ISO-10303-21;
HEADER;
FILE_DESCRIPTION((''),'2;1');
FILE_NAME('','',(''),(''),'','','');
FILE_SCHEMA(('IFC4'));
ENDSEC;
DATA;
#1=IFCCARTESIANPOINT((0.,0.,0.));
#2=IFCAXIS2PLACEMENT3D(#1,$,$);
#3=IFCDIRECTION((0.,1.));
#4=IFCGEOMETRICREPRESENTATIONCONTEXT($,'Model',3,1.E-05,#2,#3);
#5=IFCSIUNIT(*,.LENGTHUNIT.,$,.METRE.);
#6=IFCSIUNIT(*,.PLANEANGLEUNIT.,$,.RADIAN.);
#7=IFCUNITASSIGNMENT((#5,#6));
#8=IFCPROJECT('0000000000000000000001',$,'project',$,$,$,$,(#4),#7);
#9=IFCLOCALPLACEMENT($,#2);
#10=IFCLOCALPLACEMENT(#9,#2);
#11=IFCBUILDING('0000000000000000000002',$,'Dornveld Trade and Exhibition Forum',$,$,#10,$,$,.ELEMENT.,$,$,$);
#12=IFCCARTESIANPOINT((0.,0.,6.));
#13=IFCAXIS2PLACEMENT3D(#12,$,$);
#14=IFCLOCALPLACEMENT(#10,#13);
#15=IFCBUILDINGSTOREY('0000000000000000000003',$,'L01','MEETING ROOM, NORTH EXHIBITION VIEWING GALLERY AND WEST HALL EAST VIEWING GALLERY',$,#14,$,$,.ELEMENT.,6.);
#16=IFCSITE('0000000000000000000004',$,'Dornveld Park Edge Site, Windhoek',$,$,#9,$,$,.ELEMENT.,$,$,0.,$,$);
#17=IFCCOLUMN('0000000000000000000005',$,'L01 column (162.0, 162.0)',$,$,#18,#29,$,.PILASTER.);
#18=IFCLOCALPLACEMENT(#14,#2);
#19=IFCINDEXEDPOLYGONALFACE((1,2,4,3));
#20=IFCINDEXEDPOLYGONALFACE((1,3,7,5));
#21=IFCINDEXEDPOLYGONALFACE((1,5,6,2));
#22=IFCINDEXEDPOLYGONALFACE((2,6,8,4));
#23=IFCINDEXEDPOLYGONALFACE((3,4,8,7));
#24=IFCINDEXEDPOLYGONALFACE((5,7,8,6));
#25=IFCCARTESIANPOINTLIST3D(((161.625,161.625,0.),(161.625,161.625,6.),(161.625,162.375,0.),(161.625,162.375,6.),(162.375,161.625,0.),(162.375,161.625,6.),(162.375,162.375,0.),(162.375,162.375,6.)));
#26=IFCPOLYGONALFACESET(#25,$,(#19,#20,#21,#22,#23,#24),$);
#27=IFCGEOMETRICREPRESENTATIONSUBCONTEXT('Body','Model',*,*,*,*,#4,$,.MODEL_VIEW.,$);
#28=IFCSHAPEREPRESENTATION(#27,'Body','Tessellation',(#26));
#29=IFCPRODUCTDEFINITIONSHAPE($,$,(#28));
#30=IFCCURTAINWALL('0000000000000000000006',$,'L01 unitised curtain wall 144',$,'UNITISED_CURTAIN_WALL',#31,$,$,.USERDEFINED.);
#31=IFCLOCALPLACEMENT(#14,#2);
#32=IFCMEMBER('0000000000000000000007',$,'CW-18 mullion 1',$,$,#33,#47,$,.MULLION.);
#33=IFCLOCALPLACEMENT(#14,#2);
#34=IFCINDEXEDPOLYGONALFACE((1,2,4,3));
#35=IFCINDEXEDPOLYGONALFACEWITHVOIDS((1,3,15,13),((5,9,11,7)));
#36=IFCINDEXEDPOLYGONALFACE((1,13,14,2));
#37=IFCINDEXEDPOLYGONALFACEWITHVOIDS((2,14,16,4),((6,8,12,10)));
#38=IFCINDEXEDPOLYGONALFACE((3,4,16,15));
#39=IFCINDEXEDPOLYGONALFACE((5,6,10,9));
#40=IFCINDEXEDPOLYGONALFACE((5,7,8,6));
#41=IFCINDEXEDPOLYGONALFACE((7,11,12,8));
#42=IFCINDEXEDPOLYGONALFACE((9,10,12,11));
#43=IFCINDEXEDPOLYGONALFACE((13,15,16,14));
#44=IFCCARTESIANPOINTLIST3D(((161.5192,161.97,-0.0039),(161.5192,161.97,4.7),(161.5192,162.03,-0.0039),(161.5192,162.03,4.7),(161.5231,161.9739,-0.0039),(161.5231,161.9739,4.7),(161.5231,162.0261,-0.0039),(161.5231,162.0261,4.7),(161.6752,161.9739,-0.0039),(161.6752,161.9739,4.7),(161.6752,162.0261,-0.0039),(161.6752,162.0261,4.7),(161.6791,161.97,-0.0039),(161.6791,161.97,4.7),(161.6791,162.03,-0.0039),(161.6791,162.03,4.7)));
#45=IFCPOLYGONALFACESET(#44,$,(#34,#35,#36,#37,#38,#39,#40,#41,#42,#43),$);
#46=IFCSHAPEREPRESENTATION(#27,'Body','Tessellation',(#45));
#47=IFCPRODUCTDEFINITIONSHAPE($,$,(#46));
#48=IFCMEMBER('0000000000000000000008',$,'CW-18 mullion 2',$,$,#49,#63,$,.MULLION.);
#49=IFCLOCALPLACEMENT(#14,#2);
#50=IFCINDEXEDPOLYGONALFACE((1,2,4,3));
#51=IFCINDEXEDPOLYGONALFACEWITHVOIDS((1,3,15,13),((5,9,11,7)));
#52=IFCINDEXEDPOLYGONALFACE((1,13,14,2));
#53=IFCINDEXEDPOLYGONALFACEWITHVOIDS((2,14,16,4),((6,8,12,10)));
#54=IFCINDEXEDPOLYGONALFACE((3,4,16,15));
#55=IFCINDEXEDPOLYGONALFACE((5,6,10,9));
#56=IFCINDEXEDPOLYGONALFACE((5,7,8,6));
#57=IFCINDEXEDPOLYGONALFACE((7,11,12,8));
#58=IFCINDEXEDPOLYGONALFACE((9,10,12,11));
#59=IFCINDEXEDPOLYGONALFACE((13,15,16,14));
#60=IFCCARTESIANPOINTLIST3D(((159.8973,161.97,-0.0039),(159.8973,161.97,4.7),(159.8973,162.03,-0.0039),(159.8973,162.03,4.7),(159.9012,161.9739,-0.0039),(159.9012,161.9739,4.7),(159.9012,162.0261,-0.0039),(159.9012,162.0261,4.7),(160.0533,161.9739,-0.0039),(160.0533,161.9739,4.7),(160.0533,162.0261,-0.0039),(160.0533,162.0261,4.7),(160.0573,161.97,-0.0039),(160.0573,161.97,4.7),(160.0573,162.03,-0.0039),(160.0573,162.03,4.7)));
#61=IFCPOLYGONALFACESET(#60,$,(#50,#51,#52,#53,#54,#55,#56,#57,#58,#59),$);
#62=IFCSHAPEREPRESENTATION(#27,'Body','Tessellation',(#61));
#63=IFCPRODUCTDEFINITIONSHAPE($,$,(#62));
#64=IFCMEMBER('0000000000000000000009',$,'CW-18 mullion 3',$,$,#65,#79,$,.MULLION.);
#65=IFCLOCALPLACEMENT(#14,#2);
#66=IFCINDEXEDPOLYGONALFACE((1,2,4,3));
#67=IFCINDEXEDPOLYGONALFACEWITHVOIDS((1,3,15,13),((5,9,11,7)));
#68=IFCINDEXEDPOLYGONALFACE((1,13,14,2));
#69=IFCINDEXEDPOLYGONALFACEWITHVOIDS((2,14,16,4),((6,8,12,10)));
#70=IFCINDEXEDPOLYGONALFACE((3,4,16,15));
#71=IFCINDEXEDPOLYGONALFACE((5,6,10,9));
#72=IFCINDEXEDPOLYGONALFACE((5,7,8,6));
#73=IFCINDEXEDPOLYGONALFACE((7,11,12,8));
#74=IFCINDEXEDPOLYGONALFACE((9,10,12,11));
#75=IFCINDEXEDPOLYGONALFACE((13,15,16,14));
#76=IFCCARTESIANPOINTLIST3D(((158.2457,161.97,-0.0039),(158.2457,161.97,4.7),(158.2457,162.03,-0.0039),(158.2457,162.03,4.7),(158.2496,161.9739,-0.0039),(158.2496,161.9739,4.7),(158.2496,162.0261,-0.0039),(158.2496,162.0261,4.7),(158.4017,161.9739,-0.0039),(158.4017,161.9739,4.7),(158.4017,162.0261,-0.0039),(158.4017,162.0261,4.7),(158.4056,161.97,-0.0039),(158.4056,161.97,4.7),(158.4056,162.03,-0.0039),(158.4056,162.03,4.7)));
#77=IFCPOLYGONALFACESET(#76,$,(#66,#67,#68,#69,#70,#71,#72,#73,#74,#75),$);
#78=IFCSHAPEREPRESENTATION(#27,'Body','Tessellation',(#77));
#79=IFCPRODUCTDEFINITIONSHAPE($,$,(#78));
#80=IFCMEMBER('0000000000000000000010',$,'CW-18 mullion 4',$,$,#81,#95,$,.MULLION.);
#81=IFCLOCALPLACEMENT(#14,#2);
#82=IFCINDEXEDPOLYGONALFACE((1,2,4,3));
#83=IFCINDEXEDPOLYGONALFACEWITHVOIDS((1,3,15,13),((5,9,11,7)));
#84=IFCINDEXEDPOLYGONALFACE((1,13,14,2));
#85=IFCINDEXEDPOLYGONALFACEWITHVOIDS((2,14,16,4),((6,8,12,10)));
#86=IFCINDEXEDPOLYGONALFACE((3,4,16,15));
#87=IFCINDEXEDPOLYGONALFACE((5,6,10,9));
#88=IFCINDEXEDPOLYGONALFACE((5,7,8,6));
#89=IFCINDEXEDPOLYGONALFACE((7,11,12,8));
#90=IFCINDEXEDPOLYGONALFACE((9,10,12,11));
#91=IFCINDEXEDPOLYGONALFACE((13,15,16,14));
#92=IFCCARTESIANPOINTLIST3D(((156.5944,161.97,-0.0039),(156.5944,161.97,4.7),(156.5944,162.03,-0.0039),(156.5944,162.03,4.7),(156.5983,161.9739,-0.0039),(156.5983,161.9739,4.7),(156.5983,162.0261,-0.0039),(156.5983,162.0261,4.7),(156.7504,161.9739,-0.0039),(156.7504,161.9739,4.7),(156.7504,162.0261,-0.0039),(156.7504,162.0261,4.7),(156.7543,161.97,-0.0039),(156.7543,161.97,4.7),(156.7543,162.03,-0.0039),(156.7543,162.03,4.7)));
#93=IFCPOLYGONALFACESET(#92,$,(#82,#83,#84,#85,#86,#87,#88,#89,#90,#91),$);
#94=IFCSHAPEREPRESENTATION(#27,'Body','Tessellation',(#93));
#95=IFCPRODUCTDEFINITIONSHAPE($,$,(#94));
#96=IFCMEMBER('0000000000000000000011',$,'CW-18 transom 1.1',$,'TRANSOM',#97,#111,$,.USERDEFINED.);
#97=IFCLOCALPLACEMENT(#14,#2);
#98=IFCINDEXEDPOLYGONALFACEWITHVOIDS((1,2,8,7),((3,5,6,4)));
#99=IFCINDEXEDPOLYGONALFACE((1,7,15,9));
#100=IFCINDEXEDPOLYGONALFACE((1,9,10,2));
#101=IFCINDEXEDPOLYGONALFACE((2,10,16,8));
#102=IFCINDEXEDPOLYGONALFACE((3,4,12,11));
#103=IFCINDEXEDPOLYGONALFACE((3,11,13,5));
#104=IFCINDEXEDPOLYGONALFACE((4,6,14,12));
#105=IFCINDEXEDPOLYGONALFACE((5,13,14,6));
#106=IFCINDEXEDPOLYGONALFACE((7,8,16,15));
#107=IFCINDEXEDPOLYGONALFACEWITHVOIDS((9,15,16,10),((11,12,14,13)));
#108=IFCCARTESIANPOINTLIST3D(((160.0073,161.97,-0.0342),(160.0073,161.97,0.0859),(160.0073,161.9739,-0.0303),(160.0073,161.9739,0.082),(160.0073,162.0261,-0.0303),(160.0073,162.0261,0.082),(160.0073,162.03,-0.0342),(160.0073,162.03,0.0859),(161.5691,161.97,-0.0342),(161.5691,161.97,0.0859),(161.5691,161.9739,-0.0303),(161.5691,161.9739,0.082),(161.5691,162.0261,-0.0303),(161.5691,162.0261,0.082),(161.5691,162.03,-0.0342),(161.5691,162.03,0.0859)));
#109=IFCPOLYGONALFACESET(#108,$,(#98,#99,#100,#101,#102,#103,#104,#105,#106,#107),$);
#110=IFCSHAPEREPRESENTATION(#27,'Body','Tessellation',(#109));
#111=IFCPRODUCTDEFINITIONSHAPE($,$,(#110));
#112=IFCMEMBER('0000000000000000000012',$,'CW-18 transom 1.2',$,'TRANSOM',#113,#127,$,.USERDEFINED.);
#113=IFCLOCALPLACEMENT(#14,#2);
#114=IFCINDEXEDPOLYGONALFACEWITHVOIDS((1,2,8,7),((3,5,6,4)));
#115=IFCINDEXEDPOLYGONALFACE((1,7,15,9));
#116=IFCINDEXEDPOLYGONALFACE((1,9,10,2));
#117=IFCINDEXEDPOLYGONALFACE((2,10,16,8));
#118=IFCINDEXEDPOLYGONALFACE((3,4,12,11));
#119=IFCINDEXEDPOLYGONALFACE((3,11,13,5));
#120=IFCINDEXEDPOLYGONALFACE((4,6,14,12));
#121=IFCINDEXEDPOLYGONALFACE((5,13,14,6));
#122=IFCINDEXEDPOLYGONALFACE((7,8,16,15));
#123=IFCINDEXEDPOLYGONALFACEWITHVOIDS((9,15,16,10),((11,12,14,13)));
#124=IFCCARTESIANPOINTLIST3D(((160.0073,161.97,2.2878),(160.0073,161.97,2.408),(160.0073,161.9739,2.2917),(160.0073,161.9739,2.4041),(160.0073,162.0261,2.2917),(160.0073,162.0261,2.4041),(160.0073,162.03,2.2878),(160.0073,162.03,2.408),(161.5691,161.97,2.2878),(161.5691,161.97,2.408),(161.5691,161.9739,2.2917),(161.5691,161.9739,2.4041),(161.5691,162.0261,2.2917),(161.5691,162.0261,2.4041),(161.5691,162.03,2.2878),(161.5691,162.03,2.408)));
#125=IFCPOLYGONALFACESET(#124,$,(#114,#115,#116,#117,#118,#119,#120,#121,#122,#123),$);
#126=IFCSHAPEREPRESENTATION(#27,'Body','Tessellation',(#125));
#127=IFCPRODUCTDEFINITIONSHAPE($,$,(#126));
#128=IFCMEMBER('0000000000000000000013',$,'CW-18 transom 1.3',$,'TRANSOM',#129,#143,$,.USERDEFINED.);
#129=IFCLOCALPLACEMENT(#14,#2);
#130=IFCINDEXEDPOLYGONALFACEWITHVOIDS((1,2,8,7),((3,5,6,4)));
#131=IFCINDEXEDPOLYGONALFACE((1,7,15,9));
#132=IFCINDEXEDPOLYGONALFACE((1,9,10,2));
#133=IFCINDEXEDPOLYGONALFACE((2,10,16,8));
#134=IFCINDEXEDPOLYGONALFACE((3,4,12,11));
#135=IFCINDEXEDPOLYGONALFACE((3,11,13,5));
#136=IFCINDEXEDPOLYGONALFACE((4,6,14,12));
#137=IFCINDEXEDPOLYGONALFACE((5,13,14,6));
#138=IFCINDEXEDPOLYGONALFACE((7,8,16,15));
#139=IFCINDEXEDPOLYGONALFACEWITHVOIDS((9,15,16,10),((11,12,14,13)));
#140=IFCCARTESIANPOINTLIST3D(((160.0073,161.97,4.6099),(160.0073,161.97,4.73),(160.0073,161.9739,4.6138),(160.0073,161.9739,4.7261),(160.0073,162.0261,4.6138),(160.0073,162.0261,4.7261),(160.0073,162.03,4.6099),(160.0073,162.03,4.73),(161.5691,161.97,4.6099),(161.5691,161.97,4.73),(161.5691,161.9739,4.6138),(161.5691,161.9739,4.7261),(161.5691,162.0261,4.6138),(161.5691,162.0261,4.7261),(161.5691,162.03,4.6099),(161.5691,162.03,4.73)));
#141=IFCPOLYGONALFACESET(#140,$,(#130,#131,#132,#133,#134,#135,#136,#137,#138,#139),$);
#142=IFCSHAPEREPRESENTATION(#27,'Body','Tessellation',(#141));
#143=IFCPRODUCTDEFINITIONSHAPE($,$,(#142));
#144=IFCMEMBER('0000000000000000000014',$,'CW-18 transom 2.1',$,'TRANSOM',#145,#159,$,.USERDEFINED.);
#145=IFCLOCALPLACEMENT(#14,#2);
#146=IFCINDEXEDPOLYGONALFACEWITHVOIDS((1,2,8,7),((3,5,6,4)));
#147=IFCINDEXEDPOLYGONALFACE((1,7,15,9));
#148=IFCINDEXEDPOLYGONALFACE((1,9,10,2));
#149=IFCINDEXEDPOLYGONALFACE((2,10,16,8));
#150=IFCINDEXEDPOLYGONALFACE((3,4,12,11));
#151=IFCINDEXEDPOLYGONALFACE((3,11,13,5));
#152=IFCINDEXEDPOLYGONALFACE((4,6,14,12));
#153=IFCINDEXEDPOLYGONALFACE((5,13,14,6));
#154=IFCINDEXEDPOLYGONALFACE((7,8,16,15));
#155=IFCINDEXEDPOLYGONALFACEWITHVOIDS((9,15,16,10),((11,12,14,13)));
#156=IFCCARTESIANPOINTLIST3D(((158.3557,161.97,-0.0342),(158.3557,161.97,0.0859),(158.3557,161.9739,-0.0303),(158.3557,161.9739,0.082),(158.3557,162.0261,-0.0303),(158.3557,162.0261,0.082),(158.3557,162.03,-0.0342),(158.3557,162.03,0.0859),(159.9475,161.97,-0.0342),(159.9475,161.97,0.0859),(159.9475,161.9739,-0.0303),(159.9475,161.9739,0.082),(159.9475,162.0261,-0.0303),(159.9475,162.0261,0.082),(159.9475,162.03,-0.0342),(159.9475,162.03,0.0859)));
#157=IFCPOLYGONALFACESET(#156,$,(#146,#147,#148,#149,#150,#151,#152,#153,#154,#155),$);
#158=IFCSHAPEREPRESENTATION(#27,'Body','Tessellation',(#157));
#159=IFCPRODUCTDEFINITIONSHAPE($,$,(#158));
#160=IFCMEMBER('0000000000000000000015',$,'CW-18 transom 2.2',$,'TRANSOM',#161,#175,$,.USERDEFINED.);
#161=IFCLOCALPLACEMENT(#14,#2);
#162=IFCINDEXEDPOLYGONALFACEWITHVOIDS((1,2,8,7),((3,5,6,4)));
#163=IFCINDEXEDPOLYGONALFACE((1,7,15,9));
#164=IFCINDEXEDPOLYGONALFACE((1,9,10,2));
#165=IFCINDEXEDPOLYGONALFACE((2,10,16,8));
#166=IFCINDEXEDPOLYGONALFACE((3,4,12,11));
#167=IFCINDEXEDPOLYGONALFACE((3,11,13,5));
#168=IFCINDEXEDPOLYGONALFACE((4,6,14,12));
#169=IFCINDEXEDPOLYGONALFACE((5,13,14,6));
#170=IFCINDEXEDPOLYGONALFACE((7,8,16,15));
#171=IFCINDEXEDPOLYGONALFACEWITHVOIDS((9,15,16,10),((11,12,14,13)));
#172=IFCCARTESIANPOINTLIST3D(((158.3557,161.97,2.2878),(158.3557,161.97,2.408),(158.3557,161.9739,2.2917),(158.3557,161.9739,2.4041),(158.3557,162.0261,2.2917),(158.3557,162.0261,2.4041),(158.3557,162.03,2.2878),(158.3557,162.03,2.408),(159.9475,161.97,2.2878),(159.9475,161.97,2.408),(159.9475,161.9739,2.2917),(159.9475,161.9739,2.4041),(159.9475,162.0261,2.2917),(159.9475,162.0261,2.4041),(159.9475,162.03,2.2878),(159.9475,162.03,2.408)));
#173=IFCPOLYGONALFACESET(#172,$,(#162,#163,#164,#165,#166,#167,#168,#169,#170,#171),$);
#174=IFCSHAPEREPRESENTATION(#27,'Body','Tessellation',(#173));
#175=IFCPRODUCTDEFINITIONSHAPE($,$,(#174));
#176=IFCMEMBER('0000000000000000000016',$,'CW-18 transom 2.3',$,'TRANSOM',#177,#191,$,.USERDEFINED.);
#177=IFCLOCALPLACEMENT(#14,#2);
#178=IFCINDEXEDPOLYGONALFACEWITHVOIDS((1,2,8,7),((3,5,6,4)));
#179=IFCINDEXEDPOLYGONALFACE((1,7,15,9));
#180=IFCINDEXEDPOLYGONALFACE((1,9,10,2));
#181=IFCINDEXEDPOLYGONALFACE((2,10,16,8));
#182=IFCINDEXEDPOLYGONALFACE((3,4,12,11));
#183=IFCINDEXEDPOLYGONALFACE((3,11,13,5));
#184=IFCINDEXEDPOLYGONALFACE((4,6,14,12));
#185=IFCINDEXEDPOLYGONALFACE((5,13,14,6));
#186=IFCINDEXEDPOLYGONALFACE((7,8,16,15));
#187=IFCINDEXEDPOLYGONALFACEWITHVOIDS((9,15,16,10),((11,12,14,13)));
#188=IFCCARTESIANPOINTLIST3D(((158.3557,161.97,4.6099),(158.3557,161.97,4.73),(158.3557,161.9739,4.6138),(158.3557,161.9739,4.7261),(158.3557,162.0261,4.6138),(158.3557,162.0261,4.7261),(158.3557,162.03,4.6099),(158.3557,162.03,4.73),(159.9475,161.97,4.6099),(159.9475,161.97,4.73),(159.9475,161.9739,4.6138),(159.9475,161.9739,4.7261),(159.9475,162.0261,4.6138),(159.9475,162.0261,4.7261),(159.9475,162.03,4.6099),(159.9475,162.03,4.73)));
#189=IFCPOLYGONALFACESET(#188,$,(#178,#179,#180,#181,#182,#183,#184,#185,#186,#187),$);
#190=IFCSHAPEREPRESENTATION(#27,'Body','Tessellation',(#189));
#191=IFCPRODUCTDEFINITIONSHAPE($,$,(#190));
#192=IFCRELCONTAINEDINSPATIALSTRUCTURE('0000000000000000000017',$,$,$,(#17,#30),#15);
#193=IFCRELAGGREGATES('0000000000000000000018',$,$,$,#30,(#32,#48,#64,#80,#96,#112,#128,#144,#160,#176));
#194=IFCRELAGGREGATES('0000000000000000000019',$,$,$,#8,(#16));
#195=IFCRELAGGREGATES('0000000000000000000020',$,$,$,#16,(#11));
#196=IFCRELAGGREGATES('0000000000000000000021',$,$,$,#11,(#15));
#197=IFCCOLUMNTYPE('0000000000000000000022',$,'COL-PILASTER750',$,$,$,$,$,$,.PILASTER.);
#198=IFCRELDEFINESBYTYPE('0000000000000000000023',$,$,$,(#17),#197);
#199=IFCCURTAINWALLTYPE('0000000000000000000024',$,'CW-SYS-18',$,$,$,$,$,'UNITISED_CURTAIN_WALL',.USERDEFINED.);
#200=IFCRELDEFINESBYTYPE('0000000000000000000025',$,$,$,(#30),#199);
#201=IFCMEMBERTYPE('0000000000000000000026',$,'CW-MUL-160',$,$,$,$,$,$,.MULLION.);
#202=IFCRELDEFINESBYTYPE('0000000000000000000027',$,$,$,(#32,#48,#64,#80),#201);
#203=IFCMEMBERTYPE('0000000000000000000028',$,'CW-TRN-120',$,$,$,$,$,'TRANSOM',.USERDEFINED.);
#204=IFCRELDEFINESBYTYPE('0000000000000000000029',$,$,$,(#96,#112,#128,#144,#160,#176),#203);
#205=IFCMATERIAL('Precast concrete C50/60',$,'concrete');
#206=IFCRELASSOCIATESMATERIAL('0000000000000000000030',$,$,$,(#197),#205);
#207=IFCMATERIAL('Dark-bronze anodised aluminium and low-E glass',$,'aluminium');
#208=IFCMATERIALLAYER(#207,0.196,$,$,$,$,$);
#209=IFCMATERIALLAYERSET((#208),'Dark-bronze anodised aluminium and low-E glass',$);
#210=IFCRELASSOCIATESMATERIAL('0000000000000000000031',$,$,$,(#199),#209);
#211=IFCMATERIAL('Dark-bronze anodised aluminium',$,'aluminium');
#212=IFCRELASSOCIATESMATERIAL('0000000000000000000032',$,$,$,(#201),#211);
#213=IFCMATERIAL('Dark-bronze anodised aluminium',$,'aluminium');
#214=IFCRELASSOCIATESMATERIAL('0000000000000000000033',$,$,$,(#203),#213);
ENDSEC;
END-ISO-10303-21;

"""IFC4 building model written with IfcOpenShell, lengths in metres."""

from ifc_helpers import new_model, si_unit, direction, frame, origin, origin_2d, place, context, subcontext, project, spatial, rectangle, hollow_rectangle, extrude, material, layer, layer_set, material_profile, profile_set, type_object, element, aggregate, save


model = new_model("IFC4")

# Units and contexts
model_context = context("Model", 3, precision=1e-05, world=origin(), true_north=direction((0.0, 1.0)))
body_context = subcontext(model_context, "Body", "Model", "MODEL_VIEW")
ifc_project = project(units=[si_unit("LENGTHUNIT", "METRE"), si_unit("PLANEANGLEUNIT", "RADIAN")], contexts=[model_context])

# Site, building, storey
site_placement = place(None, origin())
site = spatial("IfcSite", under=ifc_project, at=site_placement, Name="Dornveld Park Edge Site, Windhoek", CompositionType="ELEMENT", RefElevation=0.0)
building_placement = place(site_placement, origin())
building = spatial("IfcBuilding", under=site, at=building_placement, Name="Dornveld Trade and Exhibition Forum", CompositionType="ELEMENT")
storey_placement = place(building_placement, frame((0.0, 0.0, 6.0)))
storey = spatial("IfcBuildingStorey", under=building, at=storey_placement, Name="L01", Description="MEETING ROOM, NORTH EXHIBITION VIEWING GALLERY AND WEST HALL EAST VIEWING GALLERY", CompositionType="ELEMENT", Elevation=6.0)

# Column
ifc_material_1 = material(Name="Precast concrete C50/60", Category="concrete")
ifc_material_profile_1 = material_profile(ifc_material_1, rectangle(XDim=0.75, YDim=0.75, at=origin_2d()), Name="PC-COL 750x750")
ifc_profile_set_1 = profile_set([ifc_material_profile_1], Name="Precast concrete C50/60")
column_type = type_object("IfcColumnType", Name="COL-PILASTER750", PredefinedType="PILASTER", material=ifc_profile_set_1)
column_placement = place(storey_placement, frame((162.0, 162.0, 0.0), z_axis=(0.0, 0.0, 1.0), x_axis=(1.0, 0.0, 0.0)))
element("IfcColumn", 1, at=column_placement, inside=storey, type_object=column_type, Name="L01 column (162.0, 162.0)", PredefinedType="PILASTER", context=body_context, shape_type="SweptSolid", body=[
    extrude(rectangle(XDim=0.75, YDim=0.75, at=origin_2d()), origin(), (0.0, 0.0, 1.0), 6.0),
])

# Curtain wall, members
ifc_material_2 = material(Name="Dark-bronze anodised aluminium and low-E glass", Category="aluminium")
ifc_layer_1 = layer(ifc_material_2, 0.196)
ifc_layer_set_1 = layer_set([ifc_layer_1], Name="Dark-bronze anodised aluminium and low-E glass")
curtain_wall_type = type_object("IfcCurtainWallType", Name="CW-SYS-18", ElementType="UNITISED_CURTAIN_WALL", PredefinedType="USERDEFINED", material=ifc_layer_set_1)
curtain_wall_placement = place(storey_placement, origin())
curtain_wall = element("IfcCurtainWall", 2, at=curtain_wall_placement, inside=storey, type_object=curtain_wall_type, Name="L01 unitised curtain wall 144", ObjectType="UNITISED_CURTAIN_WALL", PredefinedType="USERDEFINED")
ifc_material_3 = material(Name="Dark-bronze anodised aluminium", Category="aluminium")
ifc_material_profile_2 = material_profile(ifc_material_3, hollow_rectangle(XDim=0.0601, YDim=0.1599, WallThickness=0.0039, at=origin_2d()), Name="RHS 160x60x4")
ifc_profile_set_2 = profile_set([ifc_material_profile_2], Name="Dark-bronze anodised aluminium")
member_type_1 = type_object("IfcMemberType", Name="CW-MUL-160", PredefinedType="MULLION", material=ifc_profile_set_2)
member_1_placement = place(storey_placement, frame((161.5991, 162.0, -0.0039), z_axis=(0.0, 0.0, 1.0), x_axis=(0.0, -1.0, 0.0)))
member_1 = element("IfcMember", 3, at=member_1_placement, type_object=member_type_1, Name="CW-18 mullion 1", PredefinedType="MULLION", context=body_context, shape_type="SweptSolid", body=[
    extrude(hollow_rectangle(XDim=0.0601, YDim=0.1599, WallThickness=0.0039, at=origin_2d()), origin(), (0.0, 0.0, 1.0), 4.7039),
])
member_2_placement = place(storey_placement, frame((159.9773, 162.0, -0.0039), z_axis=(0.0, 0.0, 1.0), x_axis=(0.0, -1.0, 0.0)))
member_2 = element("IfcMember", 4, at=member_2_placement, type_object=member_type_1, Name="CW-18 mullion 2", PredefinedType="MULLION", context=body_context, shape_type="SweptSolid", body=[
    extrude(hollow_rectangle(XDim=0.0601, YDim=0.1599, WallThickness=0.0039, at=origin_2d()), origin(), (0.0, 0.0, 1.0), 4.7039),
])
member_3_placement = place(storey_placement, frame((158.3257, 162.0, -0.0039), z_axis=(0.0, 0.0, 1.0), x_axis=(0.0, -1.0, 0.0)))
member_3 = element("IfcMember", 5, at=member_3_placement, type_object=member_type_1, Name="CW-18 mullion 3", PredefinedType="MULLION", context=body_context, shape_type="SweptSolid", body=[
    extrude(hollow_rectangle(XDim=0.0601, YDim=0.1599, WallThickness=0.0039, at=origin_2d()), origin(), (0.0, 0.0, 1.0), 4.7039),
])
member_4_placement = place(storey_placement, frame((156.6743, 162.0, -0.0039), z_axis=(0.0, 0.0, 1.0), x_axis=(0.0, -1.0, 0.0)))
member_4 = element("IfcMember", 6, at=member_4_placement, type_object=member_type_1, Name="CW-18 mullion 4", PredefinedType="MULLION", context=body_context, shape_type="SweptSolid", body=[
    extrude(hollow_rectangle(XDim=0.0601, YDim=0.1599, WallThickness=0.0039, at=origin_2d()), origin(), (0.0, 0.0, 1.0), 4.7039),
])
ifc_material_4 = material(Name="Dark-bronze anodised aluminium", Category="aluminium")
ifc_material_profile_3 = material_profile(ifc_material_4, hollow_rectangle(XDim=0.0601, YDim=0.1201, WallThickness=0.0039, at=origin_2d()), Name="RHS 120x60x4")
ifc_profile_set_3 = profile_set([ifc_material_profile_3], Name="Dark-bronze anodised aluminium")
member_type_2 = type_object("IfcMemberType", Name="CW-TRN-120", ElementType="TRANSOM", PredefinedType="USERDEFINED", material=ifc_profile_set_3)
member_5_placement = place(storey_placement, frame((161.5691, 162.0, 0.0259), z_axis=(-1.0, 0.0, 0.0), x_axis=(0.0, -1.0, 0.0)))
member_5 = element("IfcMember", 7, at=member_5_placement, type_object=member_type_2, Name="CW-18 transom 1.1", ObjectType="TRANSOM", PredefinedType="USERDEFINED", context=body_context, shape_type="SweptSolid", body=[
    extrude(hollow_rectangle(XDim=0.0601, YDim=0.1201, WallThickness=0.0039, at=origin_2d()), origin(), (0.0, 0.0, 1.0), 1.5618),
])
member_6_placement = place(storey_placement, frame((161.5691, 162.0, 2.3479), z_axis=(-1.0, 0.0, 0.0), x_axis=(0.0, -1.0, 0.0)))
member_6 = element("IfcMember", 8, at=member_6_placement, type_object=member_type_2, Name="CW-18 transom 1.2", ObjectType="TRANSOM", PredefinedType="USERDEFINED", context=body_context, shape_type="SweptSolid", body=[
    extrude(hollow_rectangle(XDim=0.0601, YDim=0.1201, WallThickness=0.0039, at=origin_2d()), origin(), (0.0, 0.0, 1.0), 1.5618),
])
member_7_placement = place(storey_placement, frame((161.5691, 162.0, 4.6699), z_axis=(-1.0, 0.0, 0.0), x_axis=(0.0, -1.0, 0.0)))
member_7 = element("IfcMember", 9, at=member_7_placement, type_object=member_type_2, Name="CW-18 transom 1.3", ObjectType="TRANSOM", PredefinedType="USERDEFINED", context=body_context, shape_type="SweptSolid", body=[
    extrude(hollow_rectangle(XDim=0.0601, YDim=0.1201, WallThickness=0.0039, at=origin_2d()), origin(), (0.0, 0.0, 1.0), 1.5618),
])
member_8_placement = place(storey_placement, frame((159.9475, 162.0, 0.0259), z_axis=(-1.0, 0.0, 0.0), x_axis=(0.0, -1.0, 0.0)))
member_8 = element("IfcMember", 10, at=member_8_placement, type_object=member_type_2, Name="CW-18 transom 2.1", ObjectType="TRANSOM", PredefinedType="USERDEFINED", context=body_context, shape_type="SweptSolid", body=[
    extrude(hollow_rectangle(XDim=0.0601, YDim=0.1201, WallThickness=0.0039, at=origin_2d()), origin(), (0.0, 0.0, 1.0), 1.5918),
])
member_9_placement = place(storey_placement, frame((159.9475, 162.0, 2.3479), z_axis=(-1.0, 0.0, 0.0), x_axis=(0.0, -1.0, 0.0)))
member_9 = element("IfcMember", 11, at=member_9_placement, type_object=member_type_2, Name="CW-18 transom 2.2", ObjectType="TRANSOM", PredefinedType="USERDEFINED", context=body_context, shape_type="SweptSolid", body=[
    extrude(hollow_rectangle(XDim=0.0601, YDim=0.1201, WallThickness=0.0039, at=origin_2d()), origin(), (0.0, 0.0, 1.0), 1.5918),
])
member_10_placement = place(storey_placement, frame((159.9475, 162.0, 4.6699), z_axis=(-1.0, 0.0, 0.0), x_axis=(0.0, -1.0, 0.0)))
member_10 = element("IfcMember", 12, at=member_10_placement, type_object=member_type_2, Name="CW-18 transom 2.3", ObjectType="TRANSOM", PredefinedType="USERDEFINED", context=body_context, shape_type="SweptSolid", body=[
    extrude(hollow_rectangle(XDim=0.0601, YDim=0.1201, WallThickness=0.0039, at=origin_2d()), origin(), (0.0, 0.0, 1.0), 1.5918),
])

aggregate(curtain_wall, [member_1, member_2, member_3, member_4, member_5, member_6, member_7, member_8, member_9, member_10])

save(model, "model.ifc")
